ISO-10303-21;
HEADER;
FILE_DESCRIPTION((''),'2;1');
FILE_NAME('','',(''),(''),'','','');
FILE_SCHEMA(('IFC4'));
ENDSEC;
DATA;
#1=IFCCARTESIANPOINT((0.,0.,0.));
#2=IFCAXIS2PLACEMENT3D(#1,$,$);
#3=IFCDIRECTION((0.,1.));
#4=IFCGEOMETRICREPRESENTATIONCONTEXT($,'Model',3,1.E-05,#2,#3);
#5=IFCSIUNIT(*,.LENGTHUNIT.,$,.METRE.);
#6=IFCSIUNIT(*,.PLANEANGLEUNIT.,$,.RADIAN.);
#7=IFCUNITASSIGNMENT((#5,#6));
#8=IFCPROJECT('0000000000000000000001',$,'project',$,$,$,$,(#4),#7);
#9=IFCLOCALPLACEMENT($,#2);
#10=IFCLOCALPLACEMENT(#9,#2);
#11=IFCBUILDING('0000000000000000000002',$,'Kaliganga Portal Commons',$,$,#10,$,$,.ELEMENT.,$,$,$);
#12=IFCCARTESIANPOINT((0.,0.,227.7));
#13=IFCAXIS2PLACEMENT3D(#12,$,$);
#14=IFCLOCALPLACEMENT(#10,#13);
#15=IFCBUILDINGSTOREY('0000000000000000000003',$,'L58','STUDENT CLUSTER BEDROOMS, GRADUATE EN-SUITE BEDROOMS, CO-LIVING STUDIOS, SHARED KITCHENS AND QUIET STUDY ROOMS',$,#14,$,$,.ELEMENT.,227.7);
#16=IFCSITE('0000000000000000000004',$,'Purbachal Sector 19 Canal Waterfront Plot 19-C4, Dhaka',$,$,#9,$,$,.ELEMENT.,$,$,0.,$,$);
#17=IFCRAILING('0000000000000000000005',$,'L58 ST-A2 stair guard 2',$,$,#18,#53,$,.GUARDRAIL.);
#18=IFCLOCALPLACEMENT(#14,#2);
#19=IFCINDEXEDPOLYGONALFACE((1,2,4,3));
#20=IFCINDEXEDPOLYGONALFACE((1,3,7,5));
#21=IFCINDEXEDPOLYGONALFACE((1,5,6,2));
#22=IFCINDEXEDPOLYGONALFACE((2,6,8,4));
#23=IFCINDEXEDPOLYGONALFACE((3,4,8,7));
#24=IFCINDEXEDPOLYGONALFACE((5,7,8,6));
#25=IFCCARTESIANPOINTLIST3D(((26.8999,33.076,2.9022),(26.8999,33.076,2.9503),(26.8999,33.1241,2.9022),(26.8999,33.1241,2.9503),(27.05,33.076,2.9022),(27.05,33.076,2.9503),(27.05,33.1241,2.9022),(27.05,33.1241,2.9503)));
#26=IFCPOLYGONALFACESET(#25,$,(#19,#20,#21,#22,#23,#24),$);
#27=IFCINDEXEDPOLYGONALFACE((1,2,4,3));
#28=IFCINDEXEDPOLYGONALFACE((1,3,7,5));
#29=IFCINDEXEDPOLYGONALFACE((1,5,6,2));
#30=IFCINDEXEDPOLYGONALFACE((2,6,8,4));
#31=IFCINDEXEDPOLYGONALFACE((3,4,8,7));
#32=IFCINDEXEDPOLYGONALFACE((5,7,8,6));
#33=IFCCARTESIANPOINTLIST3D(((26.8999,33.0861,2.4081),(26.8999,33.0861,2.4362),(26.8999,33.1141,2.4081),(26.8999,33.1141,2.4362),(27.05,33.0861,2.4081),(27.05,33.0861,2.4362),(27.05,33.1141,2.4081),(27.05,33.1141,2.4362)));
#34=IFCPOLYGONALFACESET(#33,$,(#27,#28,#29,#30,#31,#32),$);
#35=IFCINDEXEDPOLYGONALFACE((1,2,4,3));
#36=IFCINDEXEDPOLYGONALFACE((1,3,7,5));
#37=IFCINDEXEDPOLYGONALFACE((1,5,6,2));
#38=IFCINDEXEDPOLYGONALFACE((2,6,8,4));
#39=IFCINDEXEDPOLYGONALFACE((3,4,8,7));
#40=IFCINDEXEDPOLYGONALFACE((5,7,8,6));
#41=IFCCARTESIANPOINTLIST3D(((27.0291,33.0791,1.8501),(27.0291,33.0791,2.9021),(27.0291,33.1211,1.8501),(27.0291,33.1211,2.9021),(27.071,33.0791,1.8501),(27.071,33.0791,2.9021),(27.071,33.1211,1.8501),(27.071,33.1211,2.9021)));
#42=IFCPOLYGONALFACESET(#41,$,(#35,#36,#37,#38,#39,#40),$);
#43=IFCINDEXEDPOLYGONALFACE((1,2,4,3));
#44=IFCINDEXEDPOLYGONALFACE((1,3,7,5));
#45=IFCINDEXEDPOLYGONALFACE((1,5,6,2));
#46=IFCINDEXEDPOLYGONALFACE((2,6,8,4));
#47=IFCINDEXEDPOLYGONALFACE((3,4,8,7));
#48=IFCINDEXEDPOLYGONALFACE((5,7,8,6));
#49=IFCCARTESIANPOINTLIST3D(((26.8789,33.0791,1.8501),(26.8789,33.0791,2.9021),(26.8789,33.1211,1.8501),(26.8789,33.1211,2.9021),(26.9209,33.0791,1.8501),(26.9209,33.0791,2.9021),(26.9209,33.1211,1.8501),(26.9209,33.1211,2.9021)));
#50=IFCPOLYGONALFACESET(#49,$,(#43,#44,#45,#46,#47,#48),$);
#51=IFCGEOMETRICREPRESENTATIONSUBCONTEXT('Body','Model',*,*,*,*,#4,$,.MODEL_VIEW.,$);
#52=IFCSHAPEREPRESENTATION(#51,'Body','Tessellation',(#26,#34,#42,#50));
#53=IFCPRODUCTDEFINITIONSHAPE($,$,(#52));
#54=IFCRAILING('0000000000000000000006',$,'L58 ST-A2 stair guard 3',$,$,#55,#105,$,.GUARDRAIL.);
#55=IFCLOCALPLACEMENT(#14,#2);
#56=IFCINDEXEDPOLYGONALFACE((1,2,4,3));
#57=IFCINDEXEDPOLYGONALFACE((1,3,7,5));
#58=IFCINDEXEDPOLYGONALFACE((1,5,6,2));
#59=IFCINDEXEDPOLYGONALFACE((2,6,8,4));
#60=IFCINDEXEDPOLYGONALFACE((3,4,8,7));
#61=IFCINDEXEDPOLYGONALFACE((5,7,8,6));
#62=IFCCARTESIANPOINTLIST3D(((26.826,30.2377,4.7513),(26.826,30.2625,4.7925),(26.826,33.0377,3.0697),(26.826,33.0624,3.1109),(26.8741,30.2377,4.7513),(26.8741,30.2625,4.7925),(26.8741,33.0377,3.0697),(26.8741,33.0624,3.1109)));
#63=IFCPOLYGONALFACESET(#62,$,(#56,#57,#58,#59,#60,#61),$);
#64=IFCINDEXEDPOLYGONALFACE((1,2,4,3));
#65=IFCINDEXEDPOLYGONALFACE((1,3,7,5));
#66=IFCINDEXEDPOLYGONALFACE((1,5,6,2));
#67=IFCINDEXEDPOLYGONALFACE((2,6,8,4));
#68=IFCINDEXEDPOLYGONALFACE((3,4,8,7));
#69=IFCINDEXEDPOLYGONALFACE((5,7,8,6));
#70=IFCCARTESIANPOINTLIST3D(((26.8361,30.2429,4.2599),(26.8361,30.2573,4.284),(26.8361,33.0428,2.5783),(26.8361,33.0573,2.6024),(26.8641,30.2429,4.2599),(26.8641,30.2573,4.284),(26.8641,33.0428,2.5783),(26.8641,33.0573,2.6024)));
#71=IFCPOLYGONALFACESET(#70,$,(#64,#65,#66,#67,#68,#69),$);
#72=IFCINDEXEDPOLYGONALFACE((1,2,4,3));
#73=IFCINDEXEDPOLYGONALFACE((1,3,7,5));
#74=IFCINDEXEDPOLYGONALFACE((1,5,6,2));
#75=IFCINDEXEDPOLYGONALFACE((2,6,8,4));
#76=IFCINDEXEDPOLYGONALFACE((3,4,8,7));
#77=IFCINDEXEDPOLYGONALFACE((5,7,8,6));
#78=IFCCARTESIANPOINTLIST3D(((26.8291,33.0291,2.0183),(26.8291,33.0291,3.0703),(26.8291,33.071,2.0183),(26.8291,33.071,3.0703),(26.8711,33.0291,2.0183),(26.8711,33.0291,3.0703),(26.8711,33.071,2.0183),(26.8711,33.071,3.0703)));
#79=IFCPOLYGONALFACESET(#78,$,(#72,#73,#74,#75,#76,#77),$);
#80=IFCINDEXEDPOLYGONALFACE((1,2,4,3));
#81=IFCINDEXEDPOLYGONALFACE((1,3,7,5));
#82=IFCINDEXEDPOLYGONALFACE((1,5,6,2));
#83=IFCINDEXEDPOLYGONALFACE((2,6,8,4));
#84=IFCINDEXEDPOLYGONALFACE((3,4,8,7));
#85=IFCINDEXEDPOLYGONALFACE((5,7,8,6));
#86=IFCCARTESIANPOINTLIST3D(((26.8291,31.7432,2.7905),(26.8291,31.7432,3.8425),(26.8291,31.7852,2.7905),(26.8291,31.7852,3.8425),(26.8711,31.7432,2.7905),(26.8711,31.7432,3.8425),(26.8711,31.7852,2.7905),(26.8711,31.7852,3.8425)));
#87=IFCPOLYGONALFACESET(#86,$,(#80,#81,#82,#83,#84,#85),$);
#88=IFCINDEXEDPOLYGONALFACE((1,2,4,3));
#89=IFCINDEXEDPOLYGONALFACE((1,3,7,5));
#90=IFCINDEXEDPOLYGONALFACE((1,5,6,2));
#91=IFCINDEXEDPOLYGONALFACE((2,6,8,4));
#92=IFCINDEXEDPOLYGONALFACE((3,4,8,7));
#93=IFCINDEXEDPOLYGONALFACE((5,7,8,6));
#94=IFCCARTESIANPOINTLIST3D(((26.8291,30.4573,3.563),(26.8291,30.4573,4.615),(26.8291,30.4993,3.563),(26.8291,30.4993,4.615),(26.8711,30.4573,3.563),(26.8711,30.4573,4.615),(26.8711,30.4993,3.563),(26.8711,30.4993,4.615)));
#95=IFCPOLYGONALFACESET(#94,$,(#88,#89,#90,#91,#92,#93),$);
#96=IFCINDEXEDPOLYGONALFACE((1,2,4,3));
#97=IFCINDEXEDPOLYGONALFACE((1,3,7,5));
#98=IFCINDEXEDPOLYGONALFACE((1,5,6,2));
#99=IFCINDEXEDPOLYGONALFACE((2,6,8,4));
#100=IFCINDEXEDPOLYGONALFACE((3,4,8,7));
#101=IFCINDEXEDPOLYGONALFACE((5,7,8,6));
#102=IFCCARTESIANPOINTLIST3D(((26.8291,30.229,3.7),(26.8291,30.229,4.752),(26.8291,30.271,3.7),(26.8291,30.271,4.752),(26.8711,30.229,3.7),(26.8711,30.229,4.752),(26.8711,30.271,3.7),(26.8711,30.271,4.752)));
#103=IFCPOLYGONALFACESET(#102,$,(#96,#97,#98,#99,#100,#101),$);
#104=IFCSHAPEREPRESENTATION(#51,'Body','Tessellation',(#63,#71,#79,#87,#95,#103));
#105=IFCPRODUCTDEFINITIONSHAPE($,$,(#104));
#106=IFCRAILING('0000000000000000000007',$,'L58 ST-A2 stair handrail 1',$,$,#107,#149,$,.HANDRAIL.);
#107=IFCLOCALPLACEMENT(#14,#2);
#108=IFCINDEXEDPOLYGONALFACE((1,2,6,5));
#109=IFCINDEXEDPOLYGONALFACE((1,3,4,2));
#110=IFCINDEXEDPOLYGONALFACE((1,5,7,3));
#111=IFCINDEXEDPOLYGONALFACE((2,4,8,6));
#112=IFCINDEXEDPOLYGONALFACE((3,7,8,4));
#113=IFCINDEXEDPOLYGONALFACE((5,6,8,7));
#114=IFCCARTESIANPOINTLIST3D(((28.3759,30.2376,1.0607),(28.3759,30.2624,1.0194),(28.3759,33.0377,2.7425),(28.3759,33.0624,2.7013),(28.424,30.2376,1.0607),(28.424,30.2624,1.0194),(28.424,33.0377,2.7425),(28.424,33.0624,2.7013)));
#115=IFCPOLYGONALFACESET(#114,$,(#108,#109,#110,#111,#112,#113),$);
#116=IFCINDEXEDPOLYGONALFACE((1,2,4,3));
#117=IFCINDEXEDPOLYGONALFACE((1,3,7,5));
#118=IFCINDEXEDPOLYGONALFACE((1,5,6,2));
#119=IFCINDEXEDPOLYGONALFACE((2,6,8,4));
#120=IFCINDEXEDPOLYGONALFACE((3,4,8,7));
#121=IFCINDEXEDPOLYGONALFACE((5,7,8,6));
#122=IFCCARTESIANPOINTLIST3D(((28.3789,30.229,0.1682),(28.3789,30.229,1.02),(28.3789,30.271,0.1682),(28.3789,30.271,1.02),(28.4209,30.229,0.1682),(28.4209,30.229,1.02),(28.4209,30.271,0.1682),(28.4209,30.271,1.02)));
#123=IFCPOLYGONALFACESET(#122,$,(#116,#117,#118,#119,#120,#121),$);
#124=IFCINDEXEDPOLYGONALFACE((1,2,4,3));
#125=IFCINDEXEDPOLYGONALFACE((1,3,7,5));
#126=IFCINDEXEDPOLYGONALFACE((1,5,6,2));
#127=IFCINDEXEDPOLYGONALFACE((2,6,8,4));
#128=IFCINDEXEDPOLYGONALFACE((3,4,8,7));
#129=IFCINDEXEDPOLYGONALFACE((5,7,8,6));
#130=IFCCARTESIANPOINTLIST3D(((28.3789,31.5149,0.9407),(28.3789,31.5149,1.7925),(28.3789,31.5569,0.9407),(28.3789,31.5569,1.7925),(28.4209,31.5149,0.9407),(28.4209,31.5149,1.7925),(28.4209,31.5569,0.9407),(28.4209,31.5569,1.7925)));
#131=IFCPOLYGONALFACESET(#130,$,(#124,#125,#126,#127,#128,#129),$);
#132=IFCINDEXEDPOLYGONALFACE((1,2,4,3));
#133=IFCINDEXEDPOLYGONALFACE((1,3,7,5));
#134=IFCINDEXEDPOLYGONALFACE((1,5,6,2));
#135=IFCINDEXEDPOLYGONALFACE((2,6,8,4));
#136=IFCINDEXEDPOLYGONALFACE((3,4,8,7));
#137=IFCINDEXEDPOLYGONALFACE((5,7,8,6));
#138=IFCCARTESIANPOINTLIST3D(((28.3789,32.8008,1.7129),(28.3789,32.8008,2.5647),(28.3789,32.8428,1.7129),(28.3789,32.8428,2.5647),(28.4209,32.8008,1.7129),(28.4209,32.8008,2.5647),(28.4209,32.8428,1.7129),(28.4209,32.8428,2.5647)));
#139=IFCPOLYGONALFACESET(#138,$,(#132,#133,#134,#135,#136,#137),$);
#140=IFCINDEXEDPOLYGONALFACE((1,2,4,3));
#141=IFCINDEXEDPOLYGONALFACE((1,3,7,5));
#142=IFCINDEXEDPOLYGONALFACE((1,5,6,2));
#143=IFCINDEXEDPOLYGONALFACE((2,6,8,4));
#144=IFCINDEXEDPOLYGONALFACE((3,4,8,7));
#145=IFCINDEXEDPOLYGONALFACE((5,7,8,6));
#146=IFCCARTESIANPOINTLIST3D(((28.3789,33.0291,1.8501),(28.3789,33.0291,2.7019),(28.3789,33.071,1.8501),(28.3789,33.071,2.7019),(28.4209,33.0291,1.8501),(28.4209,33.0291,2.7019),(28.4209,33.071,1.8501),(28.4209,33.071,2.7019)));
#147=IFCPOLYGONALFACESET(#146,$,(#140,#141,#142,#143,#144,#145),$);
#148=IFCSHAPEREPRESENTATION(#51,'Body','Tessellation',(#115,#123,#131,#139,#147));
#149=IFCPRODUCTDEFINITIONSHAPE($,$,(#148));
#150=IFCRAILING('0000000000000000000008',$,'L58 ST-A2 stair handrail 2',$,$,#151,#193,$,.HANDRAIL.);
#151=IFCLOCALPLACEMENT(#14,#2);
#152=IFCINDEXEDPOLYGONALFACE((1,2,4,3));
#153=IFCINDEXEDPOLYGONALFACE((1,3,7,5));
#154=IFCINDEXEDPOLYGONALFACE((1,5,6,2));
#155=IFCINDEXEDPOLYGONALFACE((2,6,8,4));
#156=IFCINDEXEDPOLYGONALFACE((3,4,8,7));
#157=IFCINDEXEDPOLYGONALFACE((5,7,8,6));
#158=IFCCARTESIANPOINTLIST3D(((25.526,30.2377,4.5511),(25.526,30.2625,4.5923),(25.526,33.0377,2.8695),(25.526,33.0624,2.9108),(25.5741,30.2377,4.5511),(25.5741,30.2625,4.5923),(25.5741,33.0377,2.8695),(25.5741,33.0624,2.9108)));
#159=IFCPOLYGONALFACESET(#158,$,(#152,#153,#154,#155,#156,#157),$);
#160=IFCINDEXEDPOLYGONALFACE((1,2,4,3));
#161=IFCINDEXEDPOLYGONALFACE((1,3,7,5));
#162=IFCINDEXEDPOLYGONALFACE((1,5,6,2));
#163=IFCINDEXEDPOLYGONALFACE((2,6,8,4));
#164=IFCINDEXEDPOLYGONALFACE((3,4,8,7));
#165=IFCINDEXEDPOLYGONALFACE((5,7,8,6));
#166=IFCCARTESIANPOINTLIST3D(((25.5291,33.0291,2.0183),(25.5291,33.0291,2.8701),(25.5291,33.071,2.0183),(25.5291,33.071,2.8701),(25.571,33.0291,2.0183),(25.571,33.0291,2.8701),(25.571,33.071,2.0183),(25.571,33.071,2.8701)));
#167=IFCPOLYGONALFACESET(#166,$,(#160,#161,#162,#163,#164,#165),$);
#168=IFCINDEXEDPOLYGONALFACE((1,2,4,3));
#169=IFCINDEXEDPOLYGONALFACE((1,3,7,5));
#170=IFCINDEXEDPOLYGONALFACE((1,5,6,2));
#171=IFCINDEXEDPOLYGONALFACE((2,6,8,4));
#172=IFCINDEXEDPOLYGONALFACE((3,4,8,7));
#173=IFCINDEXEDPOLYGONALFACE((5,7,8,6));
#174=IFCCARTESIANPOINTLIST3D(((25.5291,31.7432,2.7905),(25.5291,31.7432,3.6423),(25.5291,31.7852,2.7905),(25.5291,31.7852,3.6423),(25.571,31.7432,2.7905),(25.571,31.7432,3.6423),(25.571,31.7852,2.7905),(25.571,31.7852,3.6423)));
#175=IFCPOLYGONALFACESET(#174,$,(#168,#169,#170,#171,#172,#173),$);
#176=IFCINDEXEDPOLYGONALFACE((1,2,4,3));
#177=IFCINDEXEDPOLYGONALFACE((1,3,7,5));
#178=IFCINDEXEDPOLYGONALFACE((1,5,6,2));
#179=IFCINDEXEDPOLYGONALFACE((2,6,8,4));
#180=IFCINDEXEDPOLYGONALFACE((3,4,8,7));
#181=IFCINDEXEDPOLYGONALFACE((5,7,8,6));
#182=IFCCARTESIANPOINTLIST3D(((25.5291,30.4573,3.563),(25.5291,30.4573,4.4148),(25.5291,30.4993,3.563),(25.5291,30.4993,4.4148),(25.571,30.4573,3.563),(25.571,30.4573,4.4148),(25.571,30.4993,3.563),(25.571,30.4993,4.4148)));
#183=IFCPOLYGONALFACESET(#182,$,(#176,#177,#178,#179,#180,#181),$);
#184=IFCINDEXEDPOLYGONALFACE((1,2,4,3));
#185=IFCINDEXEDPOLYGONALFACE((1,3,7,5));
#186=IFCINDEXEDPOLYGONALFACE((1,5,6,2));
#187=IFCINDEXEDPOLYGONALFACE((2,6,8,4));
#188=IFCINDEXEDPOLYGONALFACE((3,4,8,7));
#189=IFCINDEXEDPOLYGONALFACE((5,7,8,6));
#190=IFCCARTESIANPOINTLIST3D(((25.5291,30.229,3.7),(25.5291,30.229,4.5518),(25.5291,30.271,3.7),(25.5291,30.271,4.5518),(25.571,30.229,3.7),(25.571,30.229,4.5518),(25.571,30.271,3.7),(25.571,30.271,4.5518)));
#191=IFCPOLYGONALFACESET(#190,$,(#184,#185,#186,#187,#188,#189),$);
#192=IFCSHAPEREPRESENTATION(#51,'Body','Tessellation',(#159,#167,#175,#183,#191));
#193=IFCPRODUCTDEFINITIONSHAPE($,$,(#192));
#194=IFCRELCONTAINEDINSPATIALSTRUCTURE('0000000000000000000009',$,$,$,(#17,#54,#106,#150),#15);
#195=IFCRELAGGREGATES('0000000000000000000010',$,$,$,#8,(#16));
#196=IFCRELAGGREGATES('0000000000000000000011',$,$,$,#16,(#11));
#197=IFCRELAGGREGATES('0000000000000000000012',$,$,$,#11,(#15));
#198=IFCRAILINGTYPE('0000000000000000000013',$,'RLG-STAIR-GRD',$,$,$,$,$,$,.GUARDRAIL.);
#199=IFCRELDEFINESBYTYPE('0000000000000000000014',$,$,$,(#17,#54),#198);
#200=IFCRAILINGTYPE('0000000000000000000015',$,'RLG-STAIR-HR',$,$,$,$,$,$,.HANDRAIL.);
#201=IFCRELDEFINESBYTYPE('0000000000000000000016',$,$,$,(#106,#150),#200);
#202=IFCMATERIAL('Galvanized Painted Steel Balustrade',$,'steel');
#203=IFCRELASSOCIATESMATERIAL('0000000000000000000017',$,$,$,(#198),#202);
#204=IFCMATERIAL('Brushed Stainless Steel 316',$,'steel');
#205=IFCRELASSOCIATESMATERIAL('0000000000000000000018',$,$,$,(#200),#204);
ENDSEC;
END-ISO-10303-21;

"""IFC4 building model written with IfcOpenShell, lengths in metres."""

from ifc_helpers import new_model, si_unit, direction, frame, origin, origin_2d, place, context, subcontext, project, spatial, rectangle, extrude, material, type_object, element, save


model = new_model("IFC4")

# Units and contexts
model_context = context("Model", 3, precision=1e-05, world=origin(), true_north=direction((0.0, 1.0)))
body_context = subcontext(model_context, "Body", "Model", "MODEL_VIEW")
ifc_project = project(units=[si_unit("LENGTHUNIT", "METRE"), si_unit("PLANEANGLEUNIT", "RADIAN")], contexts=[model_context])

# Site, building, storey
site_placement = place(None, origin())
site = spatial("IfcSite", under=ifc_project, at=site_placement, Name="Purbachal Sector 19 Canal Waterfront Plot 19-C4, Dhaka", CompositionType="ELEMENT", RefElevation=0.0)
building_placement = place(site_placement, origin())
building = spatial("IfcBuilding", under=site, at=building_placement, Name="Kaliganga Portal Commons", CompositionType="ELEMENT")
storey_placement = place(building_placement, frame((0.0, 0.0, 227.7)))
storey = spatial("IfcBuildingStorey", under=building, at=storey_placement, Name="L58", Description="STUDENT CLUSTER BEDROOMS, GRADUATE EN-SUITE BEDROOMS, CO-LIVING STUDIOS, SHARED KITCHENS AND QUIET STUDY ROOMS", CompositionType="ELEMENT", Elevation=227.7)

# Railings
ifc_material_1 = material(Name="Galvanized Painted Steel Balustrade", Category="steel")
railing_type_1 = type_object("IfcRailingType", Name="RLG-STAIR-GRD", PredefinedType="GUARDRAIL", material=ifc_material_1)
railing_1_placement = place(storey_placement, frame((27.05, 33.1001, 1.8501)))
element("IfcRailing", 1, at=railing_1_placement, inside=storey, type_object=railing_type_1, Name="L58 ST-A2 stair guard 2", PredefinedType="GUARDRAIL", context=body_context, shape_type="SweptSolid", body=[
    extrude(rectangle(XDim=0.0481, YDim=0.0481, at=origin_2d()), frame((0.0, 0.0, 1.0762), z_axis=(-1.0, 0.0, 0.0), x_axis=(0.0, -1.0, 0.0)), (0.0, 0.0, 1.0), 0.1501),
    extrude(rectangle(XDim=0.0281, YDim=0.0281, at=origin_2d()), frame((0.0, 0.0, 0.572), z_axis=(-1.0, 0.0, 0.0), x_axis=(0.0, -1.0, 0.0)), (0.0, 0.0, 1.0), 0.1501),
    extrude(rectangle(XDim=0.042, YDim=0.042, at=origin_2d()), origin(), (0.0, 0.0, 1.0), 1.052),
    extrude(rectangle(XDim=0.042, YDim=0.042, at=origin_2d()), frame((-0.1501, 0.0, 0.0)), (0.0, 0.0, 1.0), 1.052),
])
railing_2_placement = place(storey_placement, frame((26.8501, 33.05, 2.0183)))
element("IfcRailing", 2, at=railing_2_placement, inside=storey, type_object=railing_type_1, Name="L58 ST-A2 stair guard 3", PredefinedType="GUARDRAIL", context=body_context, shape_type="SweptSolid", body=[
    extrude(rectangle(XDim=0.0481, YDim=0.0481, at=origin_2d()), frame((0.0, 0.0, 1.072), z_axis=(0.0, -0.857275, 0.514858), x_axis=(1.0, 0.0, 0.0)), (0.0, 0.0, 1.0), 3.2661),
    extrude(rectangle(XDim=0.0281, YDim=0.0281, at=origin_2d()), frame((0.0, 0.0, 0.572), z_axis=(0.0, -0.857275, 0.514858), x_axis=(1.0, 0.0, 0.0)), (0.0, 0.0, 1.0), 3.2661),
    extrude(rectangle(XDim=0.042, YDim=0.042, at=origin_2d()), origin(), (0.0, 0.0, 1.0), 1.052),
    extrude(rectangle(XDim=0.042, YDim=0.042, at=origin_2d()), frame((0.0, -1.2859, 0.7722)), (0.0, 0.0, 1.0), 1.052),
    extrude(rectangle(XDim=0.042, YDim=0.042, at=origin_2d()), frame((0.0, -2.5718, 1.5447)), (0.0, 0.0, 1.0), 1.052),
    extrude(rectangle(XDim=0.042, YDim=0.042, at=origin_2d()), frame((0.0, -2.8, 1.6816)), (0.0, 0.0, 1.0), 1.052),
])
ifc_material_2 = material(Name="Brushed Stainless Steel 316", Category="steel")
railing_type_2 = type_object("IfcRailingType", Name="RLG-STAIR-HR", PredefinedType="HANDRAIL", material=ifc_material_2)
railing_3_placement = place(storey_placement, frame((28.3999, 30.25, 0.1682)))
element("IfcRailing", 3, at=railing_3_placement, inside=storey, type_object=railing_type_2, Name="L58 ST-A2 stair handrail 1", PredefinedType="HANDRAIL", context=body_context, shape_type="SweptSolid", body=[
    extrude(rectangle(XDim=0.0481, YDim=0.0481, at=origin_2d()), frame((0.0, 0.0, 0.8718), z_axis=(0.0, 0.857242, 0.514913), x_axis=(-1.0, 0.0, 0.0)), (0.0, 0.0, 1.0), 3.2664),
    extrude(rectangle(XDim=0.042, YDim=0.042, at=origin_2d()), origin(), (0.0, 0.0, 1.0), 0.8518),
    extrude(rectangle(XDim=0.042, YDim=0.042, at=origin_2d()), frame((0.0, 1.2859, 0.7725)), (0.0, 0.0, 1.0), 0.8518),
    extrude(rectangle(XDim=0.042, YDim=0.042, at=origin_2d()), frame((0.0, 2.5718, 1.5447)), (0.0, 0.0, 1.0), 0.8518),
    extrude(rectangle(XDim=0.042, YDim=0.042, at=origin_2d()), frame((0.0, 2.8, 1.6819)), (0.0, 0.0, 1.0), 0.8518),
])
railing_4_placement = place(storey_placement, frame((25.55, 33.05, 2.0183)))
element("IfcRailing", 4, at=railing_4_placement, inside=storey, type_object=railing_type_2, Name="L58 ST-A2 stair handrail 2", PredefinedType="HANDRAIL", context=body_context, shape_type="SweptSolid", body=[
    extrude(rectangle(XDim=0.0481, YDim=0.0481, at=origin_2d()), frame((0.0, 0.0, 0.8718), z_axis=(0.0, -0.857275, 0.514858), x_axis=(1.0, 0.0, 0.0)), (0.0, 0.0, 1.0), 3.2661),
    extrude(rectangle(XDim=0.042, YDim=0.042, at=origin_2d()), origin(), (0.0, 0.0, 1.0), 0.8518),
    extrude(rectangle(XDim=0.042, YDim=0.042, at=origin_2d()), frame((0.0, -1.2859, 0.7722)), (0.0, 0.0, 1.0), 0.8518),
    extrude(rectangle(XDim=0.042, YDim=0.042, at=origin_2d()), frame((0.0, -2.5718, 1.5447)), (0.0, 0.0, 1.0), 0.8518),
    extrude(rectangle(XDim=0.042, YDim=0.042, at=origin_2d()), frame((0.0, -2.8, 1.6816)), (0.0, 0.0, 1.0), 0.8518),
])

save(model, "model.ifc")
